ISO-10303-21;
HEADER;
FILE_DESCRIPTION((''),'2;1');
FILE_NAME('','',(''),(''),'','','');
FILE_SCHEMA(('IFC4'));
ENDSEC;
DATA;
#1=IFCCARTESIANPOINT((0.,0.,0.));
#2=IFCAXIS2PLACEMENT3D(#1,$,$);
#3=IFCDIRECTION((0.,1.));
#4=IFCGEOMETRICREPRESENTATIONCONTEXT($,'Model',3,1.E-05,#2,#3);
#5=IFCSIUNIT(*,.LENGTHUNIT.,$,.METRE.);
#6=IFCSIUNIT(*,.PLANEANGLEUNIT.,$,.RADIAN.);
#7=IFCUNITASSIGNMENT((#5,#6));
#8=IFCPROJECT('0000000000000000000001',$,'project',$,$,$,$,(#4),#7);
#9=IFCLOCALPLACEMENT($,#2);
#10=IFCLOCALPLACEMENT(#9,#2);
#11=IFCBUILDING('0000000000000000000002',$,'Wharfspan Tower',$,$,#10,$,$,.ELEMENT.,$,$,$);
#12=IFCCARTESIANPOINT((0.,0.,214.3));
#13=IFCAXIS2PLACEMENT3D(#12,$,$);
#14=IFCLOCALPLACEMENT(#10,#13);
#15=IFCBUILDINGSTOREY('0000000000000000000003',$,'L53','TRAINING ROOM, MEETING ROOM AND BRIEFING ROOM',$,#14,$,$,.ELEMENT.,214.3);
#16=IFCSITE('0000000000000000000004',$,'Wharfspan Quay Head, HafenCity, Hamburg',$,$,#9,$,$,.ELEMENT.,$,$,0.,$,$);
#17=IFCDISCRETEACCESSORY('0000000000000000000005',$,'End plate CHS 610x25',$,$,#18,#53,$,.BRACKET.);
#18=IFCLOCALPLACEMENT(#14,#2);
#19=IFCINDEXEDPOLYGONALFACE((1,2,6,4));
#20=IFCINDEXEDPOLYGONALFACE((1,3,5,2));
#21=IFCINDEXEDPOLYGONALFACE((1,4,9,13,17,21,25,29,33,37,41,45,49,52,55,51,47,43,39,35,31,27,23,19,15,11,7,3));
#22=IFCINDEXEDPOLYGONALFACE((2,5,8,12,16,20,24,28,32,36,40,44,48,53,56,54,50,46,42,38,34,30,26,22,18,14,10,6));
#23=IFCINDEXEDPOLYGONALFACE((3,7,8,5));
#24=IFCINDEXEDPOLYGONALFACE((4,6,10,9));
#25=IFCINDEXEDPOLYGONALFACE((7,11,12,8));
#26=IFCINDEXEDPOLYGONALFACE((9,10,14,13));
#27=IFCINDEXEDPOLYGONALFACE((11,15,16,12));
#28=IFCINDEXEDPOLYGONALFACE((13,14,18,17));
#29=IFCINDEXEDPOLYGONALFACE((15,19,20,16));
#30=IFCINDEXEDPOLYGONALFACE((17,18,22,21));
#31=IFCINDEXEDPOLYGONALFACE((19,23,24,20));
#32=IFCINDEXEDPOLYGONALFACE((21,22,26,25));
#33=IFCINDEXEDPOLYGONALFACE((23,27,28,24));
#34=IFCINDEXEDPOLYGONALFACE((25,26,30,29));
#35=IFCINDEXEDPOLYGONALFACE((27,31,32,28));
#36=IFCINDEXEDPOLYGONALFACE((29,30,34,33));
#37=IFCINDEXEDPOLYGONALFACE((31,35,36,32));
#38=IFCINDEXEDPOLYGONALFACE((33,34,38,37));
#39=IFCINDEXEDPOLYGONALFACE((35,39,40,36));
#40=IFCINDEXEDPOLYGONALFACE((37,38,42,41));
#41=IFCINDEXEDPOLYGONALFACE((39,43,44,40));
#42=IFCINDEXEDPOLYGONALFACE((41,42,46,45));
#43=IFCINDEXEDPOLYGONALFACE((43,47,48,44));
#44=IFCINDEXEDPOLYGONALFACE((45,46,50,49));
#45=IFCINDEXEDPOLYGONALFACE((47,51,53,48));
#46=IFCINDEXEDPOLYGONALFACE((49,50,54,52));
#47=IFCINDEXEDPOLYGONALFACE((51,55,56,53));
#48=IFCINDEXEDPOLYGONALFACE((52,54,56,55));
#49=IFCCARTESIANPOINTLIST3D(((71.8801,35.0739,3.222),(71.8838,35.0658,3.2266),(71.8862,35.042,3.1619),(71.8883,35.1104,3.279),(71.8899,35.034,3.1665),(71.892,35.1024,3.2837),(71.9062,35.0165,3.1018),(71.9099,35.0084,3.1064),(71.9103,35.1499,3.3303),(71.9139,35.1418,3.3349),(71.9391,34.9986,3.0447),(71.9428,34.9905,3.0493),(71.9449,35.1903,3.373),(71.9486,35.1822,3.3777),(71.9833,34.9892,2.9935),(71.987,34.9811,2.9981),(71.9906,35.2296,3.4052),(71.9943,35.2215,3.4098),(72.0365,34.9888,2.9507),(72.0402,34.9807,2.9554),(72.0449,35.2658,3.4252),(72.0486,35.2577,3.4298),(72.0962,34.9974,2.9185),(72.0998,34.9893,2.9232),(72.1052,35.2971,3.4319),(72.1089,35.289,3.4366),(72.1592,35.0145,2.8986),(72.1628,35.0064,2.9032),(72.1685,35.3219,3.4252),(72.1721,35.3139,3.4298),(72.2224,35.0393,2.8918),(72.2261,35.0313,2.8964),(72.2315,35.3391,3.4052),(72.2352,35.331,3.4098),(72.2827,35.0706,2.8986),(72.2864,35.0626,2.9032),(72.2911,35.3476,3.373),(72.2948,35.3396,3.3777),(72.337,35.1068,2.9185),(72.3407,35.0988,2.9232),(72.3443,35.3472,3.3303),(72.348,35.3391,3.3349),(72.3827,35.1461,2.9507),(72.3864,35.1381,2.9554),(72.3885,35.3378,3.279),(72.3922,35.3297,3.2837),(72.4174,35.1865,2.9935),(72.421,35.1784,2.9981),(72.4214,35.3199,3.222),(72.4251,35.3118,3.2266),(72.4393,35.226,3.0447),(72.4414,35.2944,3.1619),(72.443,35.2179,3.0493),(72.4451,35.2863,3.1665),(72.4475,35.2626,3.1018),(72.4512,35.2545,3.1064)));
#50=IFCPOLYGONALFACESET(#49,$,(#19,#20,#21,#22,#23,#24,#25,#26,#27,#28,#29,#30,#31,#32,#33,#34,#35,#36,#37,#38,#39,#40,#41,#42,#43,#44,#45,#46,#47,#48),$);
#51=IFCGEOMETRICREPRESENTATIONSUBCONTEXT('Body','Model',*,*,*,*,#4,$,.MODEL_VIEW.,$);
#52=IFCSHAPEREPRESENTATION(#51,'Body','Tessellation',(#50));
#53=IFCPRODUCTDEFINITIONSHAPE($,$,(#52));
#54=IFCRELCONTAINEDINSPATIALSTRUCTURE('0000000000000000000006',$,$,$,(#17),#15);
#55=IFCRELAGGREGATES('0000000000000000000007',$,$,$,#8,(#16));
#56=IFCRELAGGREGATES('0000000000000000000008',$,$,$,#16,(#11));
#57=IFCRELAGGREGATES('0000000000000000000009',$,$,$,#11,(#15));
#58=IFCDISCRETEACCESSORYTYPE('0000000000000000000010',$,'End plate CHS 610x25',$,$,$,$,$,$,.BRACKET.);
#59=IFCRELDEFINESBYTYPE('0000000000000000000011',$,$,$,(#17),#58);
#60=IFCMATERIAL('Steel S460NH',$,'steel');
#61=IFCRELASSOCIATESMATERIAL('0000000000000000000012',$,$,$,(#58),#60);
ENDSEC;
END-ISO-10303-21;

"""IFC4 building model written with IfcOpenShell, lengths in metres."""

from ifc_helpers import new_model, si_unit, direction, frame, origin, origin_2d, place, context, subcontext, project, spatial, circle, extrude, material, material_profile, profile_set, type_object, element, save


model = new_model("IFC4")

# Units and contexts
model_context = context("Model", 3, precision=1e-05, world=origin(), true_north=direction((0.0, 1.0)))
body_context = subcontext(model_context, "Body", "Model", "MODEL_VIEW")
ifc_project = project(units=[si_unit("LENGTHUNIT", "METRE"), si_unit("PLANEANGLEUNIT", "RADIAN")], contexts=[model_context])

# Site, building, storey
site_placement = place(None, origin())
site = spatial("IfcSite", under=ifc_project, at=site_placement, Name="Wharfspan Quay Head, HafenCity, Hamburg", CompositionType="ELEMENT", RefElevation=0.0)
building_placement = place(site_placement, origin())
building = spatial("IfcBuilding", under=site, at=building_placement, Name="Wharfspan Tower", CompositionType="ELEMENT")
storey_placement = place(building_placement, frame((0.0, 0.0, 214.3)))
storey = spatial("IfcBuildingStorey", under=building, at=storey_placement, Name="L53", Description="TRAINING ROOM, MEETING ROOM AND BRIEFING ROOM", CompositionType="ELEMENT", Elevation=214.3)

# Shared definitions
ifc_material_1 = material(Name="Steel S460NH", Category="steel")

# Discrete accessory
ifc_material_profile_1 = material_profile(ifc_material_1, circle(Radius=0.3049, at=origin_2d()))
ifc_profile_set_1 = profile_set([ifc_material_profile_1], Name="Steel S460NH")
discrete_accessory_type = type_object("IfcDiscreteAccessoryType", Name="End plate CHS 610x25", PredefinedType="BRACKET", material=ifc_profile_set_1)
for number, where, z_axis, x_axis, name in (
    (1, (72.1638, 35.1682, 3.1619), (0.366508, -0.806318, 0.464244), (0.910368, 0.413804, 0.000001), "End plate CHS 610x25"),
):
    element("IfcDiscreteAccessory", number, at=place(storey_placement, frame(where, z_axis=z_axis, x_axis=x_axis)), inside=storey, type_object=discrete_accessory_type, Name=name, PredefinedType="BRACKET", context=body_context, shape_type="SweptSolid", body=[
        extrude(circle(Radius=0.3049, at=origin_2d()), origin(), (0.0, 0.0, 1.0), 0.01),
    ])

save(model, "model.ifc")
